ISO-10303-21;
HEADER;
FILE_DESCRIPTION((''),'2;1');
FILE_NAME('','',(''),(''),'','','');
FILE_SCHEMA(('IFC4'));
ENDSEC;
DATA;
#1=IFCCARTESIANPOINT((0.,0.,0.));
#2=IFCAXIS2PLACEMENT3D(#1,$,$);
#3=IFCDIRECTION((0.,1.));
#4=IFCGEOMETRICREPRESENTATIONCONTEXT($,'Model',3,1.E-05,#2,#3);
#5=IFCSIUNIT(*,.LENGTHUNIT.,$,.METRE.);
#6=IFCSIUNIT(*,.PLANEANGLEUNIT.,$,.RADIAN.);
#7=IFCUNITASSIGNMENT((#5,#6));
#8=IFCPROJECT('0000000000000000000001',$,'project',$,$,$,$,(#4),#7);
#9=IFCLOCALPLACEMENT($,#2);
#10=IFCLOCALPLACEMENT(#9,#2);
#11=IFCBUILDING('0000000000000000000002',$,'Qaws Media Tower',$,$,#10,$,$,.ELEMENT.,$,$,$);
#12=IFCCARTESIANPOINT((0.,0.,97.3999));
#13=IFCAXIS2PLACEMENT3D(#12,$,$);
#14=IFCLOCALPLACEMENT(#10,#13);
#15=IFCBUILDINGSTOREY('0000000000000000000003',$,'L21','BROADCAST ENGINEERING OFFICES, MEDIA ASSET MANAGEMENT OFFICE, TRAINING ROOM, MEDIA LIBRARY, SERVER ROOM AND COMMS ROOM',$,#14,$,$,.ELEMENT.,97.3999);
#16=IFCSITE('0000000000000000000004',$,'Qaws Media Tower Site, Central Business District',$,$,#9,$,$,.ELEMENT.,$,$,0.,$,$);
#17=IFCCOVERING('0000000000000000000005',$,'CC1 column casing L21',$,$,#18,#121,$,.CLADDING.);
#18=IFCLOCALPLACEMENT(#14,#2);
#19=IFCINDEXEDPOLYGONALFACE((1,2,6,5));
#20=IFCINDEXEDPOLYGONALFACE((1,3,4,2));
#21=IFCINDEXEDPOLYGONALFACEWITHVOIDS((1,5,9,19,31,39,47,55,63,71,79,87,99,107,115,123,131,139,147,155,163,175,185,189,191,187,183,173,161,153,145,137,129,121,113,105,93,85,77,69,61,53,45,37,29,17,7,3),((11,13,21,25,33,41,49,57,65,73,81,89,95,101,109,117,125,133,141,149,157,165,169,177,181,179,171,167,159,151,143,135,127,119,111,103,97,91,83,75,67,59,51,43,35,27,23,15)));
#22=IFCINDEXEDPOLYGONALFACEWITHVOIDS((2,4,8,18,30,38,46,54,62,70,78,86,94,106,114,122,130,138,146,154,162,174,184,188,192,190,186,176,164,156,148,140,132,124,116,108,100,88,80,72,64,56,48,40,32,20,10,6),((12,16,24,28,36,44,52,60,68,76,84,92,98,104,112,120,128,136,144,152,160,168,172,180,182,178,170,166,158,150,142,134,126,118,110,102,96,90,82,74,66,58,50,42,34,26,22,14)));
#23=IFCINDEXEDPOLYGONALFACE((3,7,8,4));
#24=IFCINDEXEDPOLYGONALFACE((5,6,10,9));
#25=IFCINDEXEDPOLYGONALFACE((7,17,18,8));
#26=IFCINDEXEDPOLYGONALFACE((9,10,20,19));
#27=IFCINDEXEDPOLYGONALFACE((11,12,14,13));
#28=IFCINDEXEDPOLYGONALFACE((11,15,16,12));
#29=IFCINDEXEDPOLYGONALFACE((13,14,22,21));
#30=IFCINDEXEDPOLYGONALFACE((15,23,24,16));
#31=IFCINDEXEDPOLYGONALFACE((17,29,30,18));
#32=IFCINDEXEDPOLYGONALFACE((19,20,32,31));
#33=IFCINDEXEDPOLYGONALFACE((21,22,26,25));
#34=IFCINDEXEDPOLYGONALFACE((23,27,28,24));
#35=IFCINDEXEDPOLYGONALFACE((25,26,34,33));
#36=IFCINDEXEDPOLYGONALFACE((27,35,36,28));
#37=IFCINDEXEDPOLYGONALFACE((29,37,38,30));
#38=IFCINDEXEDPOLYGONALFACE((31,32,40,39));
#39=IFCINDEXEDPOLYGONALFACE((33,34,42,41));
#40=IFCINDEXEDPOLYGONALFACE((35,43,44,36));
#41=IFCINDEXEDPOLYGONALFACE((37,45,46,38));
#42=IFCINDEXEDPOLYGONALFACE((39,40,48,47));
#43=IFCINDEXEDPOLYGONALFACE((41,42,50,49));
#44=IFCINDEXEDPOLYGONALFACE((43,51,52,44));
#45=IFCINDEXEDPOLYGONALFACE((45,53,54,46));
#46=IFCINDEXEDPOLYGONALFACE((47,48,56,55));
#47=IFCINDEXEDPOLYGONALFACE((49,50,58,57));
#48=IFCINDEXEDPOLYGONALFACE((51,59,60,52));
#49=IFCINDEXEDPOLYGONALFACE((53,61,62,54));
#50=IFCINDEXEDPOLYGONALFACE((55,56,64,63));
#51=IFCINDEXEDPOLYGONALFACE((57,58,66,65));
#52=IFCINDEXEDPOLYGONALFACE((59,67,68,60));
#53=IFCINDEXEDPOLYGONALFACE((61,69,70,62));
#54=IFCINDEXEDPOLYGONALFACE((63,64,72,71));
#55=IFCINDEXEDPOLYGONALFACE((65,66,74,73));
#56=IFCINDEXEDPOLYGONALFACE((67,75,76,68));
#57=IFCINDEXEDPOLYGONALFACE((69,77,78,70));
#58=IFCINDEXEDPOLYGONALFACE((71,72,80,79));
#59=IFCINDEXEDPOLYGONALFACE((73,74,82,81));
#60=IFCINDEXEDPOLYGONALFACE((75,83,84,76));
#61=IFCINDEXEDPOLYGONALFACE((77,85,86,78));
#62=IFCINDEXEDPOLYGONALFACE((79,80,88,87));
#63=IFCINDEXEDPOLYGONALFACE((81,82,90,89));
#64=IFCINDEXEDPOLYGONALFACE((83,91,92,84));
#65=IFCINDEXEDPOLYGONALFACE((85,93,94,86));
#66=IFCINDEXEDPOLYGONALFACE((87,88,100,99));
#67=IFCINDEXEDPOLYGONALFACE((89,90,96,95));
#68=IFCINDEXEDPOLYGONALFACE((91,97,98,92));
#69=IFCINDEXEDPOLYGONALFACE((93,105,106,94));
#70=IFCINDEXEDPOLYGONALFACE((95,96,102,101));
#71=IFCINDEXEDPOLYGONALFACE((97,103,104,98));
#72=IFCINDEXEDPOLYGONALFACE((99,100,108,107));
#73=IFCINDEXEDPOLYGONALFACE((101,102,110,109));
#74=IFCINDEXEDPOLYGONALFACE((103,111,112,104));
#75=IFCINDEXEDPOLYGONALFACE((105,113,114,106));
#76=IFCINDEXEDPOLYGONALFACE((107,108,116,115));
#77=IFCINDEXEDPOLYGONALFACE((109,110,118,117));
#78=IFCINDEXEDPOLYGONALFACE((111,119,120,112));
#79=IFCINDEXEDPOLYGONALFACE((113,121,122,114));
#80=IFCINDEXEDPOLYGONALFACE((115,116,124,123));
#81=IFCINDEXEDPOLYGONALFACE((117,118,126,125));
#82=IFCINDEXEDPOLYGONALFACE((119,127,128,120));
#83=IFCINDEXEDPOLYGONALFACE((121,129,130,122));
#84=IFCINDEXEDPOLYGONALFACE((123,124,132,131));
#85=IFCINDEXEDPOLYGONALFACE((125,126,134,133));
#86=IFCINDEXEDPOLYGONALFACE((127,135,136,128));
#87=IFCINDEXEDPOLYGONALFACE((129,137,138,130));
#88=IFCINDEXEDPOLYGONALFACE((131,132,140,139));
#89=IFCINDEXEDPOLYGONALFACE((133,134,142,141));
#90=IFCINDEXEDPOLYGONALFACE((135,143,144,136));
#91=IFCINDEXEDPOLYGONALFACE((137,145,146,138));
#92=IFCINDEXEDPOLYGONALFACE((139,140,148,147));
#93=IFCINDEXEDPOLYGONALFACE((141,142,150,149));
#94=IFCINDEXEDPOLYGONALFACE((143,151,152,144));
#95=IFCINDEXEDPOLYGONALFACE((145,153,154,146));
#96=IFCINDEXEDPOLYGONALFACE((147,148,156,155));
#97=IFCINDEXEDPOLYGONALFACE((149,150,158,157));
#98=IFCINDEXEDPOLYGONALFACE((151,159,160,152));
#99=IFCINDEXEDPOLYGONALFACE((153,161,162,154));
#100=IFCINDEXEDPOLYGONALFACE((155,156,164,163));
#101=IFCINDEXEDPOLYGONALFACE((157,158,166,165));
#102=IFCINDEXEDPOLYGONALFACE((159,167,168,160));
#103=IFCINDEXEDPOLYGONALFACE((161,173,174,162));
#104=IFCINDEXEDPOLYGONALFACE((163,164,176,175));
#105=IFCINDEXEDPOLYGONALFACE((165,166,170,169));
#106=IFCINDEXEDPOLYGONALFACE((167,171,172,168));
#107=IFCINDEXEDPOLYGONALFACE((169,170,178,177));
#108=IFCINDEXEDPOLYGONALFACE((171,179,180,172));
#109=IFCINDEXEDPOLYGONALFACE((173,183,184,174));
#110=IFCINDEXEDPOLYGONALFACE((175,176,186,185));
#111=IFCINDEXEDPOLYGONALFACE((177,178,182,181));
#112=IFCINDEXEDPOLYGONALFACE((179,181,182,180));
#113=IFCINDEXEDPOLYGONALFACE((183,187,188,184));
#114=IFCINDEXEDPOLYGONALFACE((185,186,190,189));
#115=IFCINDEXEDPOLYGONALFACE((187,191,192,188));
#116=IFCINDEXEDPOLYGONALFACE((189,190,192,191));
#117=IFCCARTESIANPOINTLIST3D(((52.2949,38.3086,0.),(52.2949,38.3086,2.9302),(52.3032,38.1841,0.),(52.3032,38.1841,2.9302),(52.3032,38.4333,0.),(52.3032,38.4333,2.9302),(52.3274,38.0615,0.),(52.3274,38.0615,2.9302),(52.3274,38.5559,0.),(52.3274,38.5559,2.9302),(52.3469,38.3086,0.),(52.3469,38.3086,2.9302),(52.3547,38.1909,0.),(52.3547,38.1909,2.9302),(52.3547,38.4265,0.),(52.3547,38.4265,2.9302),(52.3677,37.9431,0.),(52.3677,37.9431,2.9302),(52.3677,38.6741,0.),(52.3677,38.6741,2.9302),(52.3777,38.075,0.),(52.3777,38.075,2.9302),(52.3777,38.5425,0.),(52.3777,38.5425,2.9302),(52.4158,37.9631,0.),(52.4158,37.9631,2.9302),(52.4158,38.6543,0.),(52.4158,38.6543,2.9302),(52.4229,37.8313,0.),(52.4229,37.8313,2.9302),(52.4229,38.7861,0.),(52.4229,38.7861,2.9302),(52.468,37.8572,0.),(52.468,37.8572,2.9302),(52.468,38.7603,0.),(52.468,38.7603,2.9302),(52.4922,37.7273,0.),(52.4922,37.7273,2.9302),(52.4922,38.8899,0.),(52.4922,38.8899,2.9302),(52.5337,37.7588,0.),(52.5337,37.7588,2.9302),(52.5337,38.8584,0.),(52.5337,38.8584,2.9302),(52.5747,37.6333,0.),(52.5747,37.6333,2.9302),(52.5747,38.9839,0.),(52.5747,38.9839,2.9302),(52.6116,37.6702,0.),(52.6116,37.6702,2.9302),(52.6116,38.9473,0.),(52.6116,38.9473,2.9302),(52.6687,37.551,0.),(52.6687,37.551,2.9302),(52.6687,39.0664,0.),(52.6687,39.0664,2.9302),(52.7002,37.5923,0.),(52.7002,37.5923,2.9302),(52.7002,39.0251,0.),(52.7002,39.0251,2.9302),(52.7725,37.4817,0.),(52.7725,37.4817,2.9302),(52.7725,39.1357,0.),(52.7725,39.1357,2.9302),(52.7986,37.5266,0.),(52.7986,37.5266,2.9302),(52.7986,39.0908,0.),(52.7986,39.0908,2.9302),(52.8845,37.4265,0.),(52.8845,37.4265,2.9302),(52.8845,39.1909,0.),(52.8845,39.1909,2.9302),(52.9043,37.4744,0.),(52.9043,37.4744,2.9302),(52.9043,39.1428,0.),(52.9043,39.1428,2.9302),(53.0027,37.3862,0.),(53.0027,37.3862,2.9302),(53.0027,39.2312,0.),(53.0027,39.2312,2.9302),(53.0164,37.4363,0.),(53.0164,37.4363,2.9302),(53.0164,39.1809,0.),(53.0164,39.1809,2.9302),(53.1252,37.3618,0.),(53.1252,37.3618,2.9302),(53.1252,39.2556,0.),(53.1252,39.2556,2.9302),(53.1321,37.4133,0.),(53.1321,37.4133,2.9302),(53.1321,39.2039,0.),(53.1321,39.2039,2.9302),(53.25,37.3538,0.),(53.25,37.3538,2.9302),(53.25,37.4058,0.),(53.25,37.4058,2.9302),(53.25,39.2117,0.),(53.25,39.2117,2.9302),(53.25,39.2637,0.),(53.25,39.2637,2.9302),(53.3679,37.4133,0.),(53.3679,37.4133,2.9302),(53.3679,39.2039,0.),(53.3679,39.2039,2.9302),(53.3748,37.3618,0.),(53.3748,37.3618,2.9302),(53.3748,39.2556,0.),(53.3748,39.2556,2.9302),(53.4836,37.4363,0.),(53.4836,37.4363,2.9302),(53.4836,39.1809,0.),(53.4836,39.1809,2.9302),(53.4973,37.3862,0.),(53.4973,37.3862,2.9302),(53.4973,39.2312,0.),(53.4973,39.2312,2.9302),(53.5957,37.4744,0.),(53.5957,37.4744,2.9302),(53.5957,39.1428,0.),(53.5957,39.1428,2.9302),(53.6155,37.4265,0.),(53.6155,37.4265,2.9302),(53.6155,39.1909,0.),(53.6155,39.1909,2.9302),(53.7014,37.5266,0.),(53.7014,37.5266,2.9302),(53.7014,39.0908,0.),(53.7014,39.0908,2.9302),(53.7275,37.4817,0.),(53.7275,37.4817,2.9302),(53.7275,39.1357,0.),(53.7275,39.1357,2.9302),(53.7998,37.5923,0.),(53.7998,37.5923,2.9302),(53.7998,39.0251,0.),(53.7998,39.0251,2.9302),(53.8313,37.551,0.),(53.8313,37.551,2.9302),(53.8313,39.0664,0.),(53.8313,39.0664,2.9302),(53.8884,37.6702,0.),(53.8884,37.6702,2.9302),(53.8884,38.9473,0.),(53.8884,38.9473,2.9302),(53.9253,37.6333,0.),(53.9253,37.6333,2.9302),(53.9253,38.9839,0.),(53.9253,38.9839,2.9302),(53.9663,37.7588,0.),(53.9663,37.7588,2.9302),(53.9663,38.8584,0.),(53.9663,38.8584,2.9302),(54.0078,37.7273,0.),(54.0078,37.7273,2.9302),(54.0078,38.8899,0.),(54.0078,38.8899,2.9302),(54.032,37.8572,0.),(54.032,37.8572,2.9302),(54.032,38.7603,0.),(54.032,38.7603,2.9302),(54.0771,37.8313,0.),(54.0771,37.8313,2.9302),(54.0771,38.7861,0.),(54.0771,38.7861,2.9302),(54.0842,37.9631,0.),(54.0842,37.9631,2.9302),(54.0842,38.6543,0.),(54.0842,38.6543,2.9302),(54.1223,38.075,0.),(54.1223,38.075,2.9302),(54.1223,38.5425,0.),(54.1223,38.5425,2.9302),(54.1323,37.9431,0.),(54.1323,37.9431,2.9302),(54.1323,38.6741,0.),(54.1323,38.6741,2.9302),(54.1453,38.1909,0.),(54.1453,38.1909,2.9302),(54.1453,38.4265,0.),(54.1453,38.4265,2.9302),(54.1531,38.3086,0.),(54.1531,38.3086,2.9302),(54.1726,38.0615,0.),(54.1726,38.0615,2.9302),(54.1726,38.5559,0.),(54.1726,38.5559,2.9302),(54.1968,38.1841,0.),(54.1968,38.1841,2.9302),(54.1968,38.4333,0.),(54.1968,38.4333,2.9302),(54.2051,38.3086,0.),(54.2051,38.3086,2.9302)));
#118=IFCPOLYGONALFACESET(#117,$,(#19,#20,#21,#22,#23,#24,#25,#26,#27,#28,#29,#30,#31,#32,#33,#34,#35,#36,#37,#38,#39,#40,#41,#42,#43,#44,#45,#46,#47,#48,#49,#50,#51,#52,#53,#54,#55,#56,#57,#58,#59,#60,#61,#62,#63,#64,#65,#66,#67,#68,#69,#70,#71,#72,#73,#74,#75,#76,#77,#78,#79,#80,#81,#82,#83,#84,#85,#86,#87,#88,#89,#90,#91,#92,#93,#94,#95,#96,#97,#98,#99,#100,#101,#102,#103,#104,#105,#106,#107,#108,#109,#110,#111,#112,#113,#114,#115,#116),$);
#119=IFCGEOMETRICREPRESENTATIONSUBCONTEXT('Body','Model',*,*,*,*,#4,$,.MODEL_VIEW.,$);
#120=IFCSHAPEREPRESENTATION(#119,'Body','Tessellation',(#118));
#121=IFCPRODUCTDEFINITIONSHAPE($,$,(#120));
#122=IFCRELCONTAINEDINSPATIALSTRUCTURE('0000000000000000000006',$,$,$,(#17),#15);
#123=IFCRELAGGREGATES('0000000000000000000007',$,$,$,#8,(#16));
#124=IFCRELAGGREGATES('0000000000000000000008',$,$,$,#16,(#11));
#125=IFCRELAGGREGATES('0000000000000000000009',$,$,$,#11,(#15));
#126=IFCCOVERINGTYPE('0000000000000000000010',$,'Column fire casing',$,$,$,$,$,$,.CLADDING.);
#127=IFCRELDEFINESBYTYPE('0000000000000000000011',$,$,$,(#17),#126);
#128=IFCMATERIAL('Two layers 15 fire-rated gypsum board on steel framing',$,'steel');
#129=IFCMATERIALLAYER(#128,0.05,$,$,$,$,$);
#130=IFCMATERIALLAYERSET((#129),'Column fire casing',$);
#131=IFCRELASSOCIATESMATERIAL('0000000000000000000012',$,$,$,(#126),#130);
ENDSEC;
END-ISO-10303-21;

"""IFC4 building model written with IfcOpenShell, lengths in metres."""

from ifc_helpers import new_model, si_unit, direction, frame, origin, place, context, subcontext, project, spatial, polyline, outline, extrude, material, layer, layer_set, type_object, element, save


model = new_model("IFC4")

# Units and contexts
model_context = context("Model", 3, precision=1e-05, world=origin(), true_north=direction((0.0, 1.0)))
body_context = subcontext(model_context, "Body", "Model", "MODEL_VIEW")
ifc_project = project(units=[si_unit("LENGTHUNIT", "METRE"), si_unit("PLANEANGLEUNIT", "RADIAN")], contexts=[model_context])

# Site, building, storey
site_placement = place(None, origin())
site = spatial("IfcSite", under=ifc_project, at=site_placement, Name="Qaws Media Tower Site, Central Business District", CompositionType="ELEMENT", RefElevation=0.0)
building_placement = place(site_placement, origin())
building = spatial("IfcBuilding", under=site, at=building_placement, Name="Qaws Media Tower", CompositionType="ELEMENT")
storey_placement = place(building_placement, frame((0.0, 0.0, 97.3999)))
storey = spatial("IfcBuildingStorey", under=building, at=storey_placement, Name="L21", Description="BROADCAST ENGINEERING OFFICES, MEDIA ASSET MANAGEMENT OFFICE, TRAINING ROOM, MEDIA LIBRARY, SERVER ROOM AND COMMS ROOM", CompositionType="ELEMENT", Elevation=97.3999)

# Covering
ifc_material_1 = material(Name="Two layers 15 fire-rated gypsum board on steel framing", Category="steel")
ifc_layer_1 = layer(ifc_material_1, 0.05)
ifc_layer_set_1 = layer_set([ifc_layer_1], Name="Column fire casing")
covering_type = type_object("IfcCoveringType", Name="Column fire casing", PredefinedType="CLADDING", material=ifc_layer_set_1)
covering_1_placement = place(storey_placement, origin())
element("IfcCovering", 1, at=covering_1_placement, inside=storey, type_object=covering_type, Name="CC1 column casing L21", PredefinedType="CLADDING", context=body_context, shape_type="SweptSolid", body=[
    extrude(outline(polyline([(54.2051, 38.3086), (54.1968, 38.1841), (54.1726, 38.0615), (54.1323, 37.9431), (54.0771, 37.8313), (54.0078, 37.7273), (53.9253, 37.6333), (53.8313, 37.551), (53.7275, 37.4817), (53.6155, 37.4265), (53.4973, 37.3862), (53.3748, 37.3618), (53.25, 37.3538), (53.1252, 37.3618), (53.0027, 37.3862), (52.8845, 37.4265), (52.7725, 37.4817), (52.6687, 37.551), (52.5747, 37.6333), (52.4922, 37.7273), (52.4229, 37.8313), (52.3677, 37.9431), (52.3274, 38.0615), (52.3032, 38.1841), (52.2949, 38.3086), (52.3032, 38.4333), (52.3274, 38.5559), (52.3677, 38.6741), (52.4229, 38.7861), (52.4922, 38.8899), (52.5747, 38.9839), (52.6687, 39.0664), (52.7725, 39.1357), (52.8845, 39.1909), (53.0027, 39.2312), (53.1252, 39.2556), (53.25, 39.2637), (53.3748, 39.2556), (53.4973, 39.2312), (53.6155, 39.1909), (53.7275, 39.1357), (53.8313, 39.0664), (53.9253, 38.9839), (54.0078, 38.8899), (54.0771, 38.7861), (54.1323, 38.6741), (54.1726, 38.5559), (54.1968, 38.4333), (54.2051, 38.3086)]), holes=[polyline([(54.1531, 38.3086), (54.1453, 38.1909), (54.1223, 38.075), (54.0842, 37.9631), (54.032, 37.8572), (53.9663, 37.7588), (53.8884, 37.6702), (53.7998, 37.5923), (53.7014, 37.5266), (53.5957, 37.4744), (53.4836, 37.4363), (53.3679, 37.4133), (53.25, 37.4058), (53.1321, 37.4133), (53.0164, 37.4363), (52.9043, 37.4744), (52.7986, 37.5266), (52.7002, 37.5923), (52.6116, 37.6702), (52.5337, 37.7588), (52.468, 37.8572), (52.4158, 37.9631), (52.3777, 38.075), (52.3547, 38.1909), (52.3469, 38.3086), (52.3547, 38.4265), (52.3777, 38.5425), (52.4158, 38.6543), (52.468, 38.7603), (52.5337, 38.8584), (52.6116, 38.9473), (52.7002, 39.0251), (52.7986, 39.0908), (52.9043, 39.1428), (53.0164, 39.1809), (53.1321, 39.2039), (53.25, 39.2117), (53.3679, 39.2039), (53.4836, 39.1809), (53.5957, 39.1428), (53.7014, 39.0908), (53.7998, 39.0251), (53.8884, 38.9473), (53.9663, 38.8584), (54.032, 38.7603), (54.0842, 38.6543), (54.1223, 38.5425), (54.1453, 38.4265), (54.1531, 38.3086)])]), origin(), (0.0, 0.0, 1.0), 2.9302),
])

save(model, "model.ifc")
